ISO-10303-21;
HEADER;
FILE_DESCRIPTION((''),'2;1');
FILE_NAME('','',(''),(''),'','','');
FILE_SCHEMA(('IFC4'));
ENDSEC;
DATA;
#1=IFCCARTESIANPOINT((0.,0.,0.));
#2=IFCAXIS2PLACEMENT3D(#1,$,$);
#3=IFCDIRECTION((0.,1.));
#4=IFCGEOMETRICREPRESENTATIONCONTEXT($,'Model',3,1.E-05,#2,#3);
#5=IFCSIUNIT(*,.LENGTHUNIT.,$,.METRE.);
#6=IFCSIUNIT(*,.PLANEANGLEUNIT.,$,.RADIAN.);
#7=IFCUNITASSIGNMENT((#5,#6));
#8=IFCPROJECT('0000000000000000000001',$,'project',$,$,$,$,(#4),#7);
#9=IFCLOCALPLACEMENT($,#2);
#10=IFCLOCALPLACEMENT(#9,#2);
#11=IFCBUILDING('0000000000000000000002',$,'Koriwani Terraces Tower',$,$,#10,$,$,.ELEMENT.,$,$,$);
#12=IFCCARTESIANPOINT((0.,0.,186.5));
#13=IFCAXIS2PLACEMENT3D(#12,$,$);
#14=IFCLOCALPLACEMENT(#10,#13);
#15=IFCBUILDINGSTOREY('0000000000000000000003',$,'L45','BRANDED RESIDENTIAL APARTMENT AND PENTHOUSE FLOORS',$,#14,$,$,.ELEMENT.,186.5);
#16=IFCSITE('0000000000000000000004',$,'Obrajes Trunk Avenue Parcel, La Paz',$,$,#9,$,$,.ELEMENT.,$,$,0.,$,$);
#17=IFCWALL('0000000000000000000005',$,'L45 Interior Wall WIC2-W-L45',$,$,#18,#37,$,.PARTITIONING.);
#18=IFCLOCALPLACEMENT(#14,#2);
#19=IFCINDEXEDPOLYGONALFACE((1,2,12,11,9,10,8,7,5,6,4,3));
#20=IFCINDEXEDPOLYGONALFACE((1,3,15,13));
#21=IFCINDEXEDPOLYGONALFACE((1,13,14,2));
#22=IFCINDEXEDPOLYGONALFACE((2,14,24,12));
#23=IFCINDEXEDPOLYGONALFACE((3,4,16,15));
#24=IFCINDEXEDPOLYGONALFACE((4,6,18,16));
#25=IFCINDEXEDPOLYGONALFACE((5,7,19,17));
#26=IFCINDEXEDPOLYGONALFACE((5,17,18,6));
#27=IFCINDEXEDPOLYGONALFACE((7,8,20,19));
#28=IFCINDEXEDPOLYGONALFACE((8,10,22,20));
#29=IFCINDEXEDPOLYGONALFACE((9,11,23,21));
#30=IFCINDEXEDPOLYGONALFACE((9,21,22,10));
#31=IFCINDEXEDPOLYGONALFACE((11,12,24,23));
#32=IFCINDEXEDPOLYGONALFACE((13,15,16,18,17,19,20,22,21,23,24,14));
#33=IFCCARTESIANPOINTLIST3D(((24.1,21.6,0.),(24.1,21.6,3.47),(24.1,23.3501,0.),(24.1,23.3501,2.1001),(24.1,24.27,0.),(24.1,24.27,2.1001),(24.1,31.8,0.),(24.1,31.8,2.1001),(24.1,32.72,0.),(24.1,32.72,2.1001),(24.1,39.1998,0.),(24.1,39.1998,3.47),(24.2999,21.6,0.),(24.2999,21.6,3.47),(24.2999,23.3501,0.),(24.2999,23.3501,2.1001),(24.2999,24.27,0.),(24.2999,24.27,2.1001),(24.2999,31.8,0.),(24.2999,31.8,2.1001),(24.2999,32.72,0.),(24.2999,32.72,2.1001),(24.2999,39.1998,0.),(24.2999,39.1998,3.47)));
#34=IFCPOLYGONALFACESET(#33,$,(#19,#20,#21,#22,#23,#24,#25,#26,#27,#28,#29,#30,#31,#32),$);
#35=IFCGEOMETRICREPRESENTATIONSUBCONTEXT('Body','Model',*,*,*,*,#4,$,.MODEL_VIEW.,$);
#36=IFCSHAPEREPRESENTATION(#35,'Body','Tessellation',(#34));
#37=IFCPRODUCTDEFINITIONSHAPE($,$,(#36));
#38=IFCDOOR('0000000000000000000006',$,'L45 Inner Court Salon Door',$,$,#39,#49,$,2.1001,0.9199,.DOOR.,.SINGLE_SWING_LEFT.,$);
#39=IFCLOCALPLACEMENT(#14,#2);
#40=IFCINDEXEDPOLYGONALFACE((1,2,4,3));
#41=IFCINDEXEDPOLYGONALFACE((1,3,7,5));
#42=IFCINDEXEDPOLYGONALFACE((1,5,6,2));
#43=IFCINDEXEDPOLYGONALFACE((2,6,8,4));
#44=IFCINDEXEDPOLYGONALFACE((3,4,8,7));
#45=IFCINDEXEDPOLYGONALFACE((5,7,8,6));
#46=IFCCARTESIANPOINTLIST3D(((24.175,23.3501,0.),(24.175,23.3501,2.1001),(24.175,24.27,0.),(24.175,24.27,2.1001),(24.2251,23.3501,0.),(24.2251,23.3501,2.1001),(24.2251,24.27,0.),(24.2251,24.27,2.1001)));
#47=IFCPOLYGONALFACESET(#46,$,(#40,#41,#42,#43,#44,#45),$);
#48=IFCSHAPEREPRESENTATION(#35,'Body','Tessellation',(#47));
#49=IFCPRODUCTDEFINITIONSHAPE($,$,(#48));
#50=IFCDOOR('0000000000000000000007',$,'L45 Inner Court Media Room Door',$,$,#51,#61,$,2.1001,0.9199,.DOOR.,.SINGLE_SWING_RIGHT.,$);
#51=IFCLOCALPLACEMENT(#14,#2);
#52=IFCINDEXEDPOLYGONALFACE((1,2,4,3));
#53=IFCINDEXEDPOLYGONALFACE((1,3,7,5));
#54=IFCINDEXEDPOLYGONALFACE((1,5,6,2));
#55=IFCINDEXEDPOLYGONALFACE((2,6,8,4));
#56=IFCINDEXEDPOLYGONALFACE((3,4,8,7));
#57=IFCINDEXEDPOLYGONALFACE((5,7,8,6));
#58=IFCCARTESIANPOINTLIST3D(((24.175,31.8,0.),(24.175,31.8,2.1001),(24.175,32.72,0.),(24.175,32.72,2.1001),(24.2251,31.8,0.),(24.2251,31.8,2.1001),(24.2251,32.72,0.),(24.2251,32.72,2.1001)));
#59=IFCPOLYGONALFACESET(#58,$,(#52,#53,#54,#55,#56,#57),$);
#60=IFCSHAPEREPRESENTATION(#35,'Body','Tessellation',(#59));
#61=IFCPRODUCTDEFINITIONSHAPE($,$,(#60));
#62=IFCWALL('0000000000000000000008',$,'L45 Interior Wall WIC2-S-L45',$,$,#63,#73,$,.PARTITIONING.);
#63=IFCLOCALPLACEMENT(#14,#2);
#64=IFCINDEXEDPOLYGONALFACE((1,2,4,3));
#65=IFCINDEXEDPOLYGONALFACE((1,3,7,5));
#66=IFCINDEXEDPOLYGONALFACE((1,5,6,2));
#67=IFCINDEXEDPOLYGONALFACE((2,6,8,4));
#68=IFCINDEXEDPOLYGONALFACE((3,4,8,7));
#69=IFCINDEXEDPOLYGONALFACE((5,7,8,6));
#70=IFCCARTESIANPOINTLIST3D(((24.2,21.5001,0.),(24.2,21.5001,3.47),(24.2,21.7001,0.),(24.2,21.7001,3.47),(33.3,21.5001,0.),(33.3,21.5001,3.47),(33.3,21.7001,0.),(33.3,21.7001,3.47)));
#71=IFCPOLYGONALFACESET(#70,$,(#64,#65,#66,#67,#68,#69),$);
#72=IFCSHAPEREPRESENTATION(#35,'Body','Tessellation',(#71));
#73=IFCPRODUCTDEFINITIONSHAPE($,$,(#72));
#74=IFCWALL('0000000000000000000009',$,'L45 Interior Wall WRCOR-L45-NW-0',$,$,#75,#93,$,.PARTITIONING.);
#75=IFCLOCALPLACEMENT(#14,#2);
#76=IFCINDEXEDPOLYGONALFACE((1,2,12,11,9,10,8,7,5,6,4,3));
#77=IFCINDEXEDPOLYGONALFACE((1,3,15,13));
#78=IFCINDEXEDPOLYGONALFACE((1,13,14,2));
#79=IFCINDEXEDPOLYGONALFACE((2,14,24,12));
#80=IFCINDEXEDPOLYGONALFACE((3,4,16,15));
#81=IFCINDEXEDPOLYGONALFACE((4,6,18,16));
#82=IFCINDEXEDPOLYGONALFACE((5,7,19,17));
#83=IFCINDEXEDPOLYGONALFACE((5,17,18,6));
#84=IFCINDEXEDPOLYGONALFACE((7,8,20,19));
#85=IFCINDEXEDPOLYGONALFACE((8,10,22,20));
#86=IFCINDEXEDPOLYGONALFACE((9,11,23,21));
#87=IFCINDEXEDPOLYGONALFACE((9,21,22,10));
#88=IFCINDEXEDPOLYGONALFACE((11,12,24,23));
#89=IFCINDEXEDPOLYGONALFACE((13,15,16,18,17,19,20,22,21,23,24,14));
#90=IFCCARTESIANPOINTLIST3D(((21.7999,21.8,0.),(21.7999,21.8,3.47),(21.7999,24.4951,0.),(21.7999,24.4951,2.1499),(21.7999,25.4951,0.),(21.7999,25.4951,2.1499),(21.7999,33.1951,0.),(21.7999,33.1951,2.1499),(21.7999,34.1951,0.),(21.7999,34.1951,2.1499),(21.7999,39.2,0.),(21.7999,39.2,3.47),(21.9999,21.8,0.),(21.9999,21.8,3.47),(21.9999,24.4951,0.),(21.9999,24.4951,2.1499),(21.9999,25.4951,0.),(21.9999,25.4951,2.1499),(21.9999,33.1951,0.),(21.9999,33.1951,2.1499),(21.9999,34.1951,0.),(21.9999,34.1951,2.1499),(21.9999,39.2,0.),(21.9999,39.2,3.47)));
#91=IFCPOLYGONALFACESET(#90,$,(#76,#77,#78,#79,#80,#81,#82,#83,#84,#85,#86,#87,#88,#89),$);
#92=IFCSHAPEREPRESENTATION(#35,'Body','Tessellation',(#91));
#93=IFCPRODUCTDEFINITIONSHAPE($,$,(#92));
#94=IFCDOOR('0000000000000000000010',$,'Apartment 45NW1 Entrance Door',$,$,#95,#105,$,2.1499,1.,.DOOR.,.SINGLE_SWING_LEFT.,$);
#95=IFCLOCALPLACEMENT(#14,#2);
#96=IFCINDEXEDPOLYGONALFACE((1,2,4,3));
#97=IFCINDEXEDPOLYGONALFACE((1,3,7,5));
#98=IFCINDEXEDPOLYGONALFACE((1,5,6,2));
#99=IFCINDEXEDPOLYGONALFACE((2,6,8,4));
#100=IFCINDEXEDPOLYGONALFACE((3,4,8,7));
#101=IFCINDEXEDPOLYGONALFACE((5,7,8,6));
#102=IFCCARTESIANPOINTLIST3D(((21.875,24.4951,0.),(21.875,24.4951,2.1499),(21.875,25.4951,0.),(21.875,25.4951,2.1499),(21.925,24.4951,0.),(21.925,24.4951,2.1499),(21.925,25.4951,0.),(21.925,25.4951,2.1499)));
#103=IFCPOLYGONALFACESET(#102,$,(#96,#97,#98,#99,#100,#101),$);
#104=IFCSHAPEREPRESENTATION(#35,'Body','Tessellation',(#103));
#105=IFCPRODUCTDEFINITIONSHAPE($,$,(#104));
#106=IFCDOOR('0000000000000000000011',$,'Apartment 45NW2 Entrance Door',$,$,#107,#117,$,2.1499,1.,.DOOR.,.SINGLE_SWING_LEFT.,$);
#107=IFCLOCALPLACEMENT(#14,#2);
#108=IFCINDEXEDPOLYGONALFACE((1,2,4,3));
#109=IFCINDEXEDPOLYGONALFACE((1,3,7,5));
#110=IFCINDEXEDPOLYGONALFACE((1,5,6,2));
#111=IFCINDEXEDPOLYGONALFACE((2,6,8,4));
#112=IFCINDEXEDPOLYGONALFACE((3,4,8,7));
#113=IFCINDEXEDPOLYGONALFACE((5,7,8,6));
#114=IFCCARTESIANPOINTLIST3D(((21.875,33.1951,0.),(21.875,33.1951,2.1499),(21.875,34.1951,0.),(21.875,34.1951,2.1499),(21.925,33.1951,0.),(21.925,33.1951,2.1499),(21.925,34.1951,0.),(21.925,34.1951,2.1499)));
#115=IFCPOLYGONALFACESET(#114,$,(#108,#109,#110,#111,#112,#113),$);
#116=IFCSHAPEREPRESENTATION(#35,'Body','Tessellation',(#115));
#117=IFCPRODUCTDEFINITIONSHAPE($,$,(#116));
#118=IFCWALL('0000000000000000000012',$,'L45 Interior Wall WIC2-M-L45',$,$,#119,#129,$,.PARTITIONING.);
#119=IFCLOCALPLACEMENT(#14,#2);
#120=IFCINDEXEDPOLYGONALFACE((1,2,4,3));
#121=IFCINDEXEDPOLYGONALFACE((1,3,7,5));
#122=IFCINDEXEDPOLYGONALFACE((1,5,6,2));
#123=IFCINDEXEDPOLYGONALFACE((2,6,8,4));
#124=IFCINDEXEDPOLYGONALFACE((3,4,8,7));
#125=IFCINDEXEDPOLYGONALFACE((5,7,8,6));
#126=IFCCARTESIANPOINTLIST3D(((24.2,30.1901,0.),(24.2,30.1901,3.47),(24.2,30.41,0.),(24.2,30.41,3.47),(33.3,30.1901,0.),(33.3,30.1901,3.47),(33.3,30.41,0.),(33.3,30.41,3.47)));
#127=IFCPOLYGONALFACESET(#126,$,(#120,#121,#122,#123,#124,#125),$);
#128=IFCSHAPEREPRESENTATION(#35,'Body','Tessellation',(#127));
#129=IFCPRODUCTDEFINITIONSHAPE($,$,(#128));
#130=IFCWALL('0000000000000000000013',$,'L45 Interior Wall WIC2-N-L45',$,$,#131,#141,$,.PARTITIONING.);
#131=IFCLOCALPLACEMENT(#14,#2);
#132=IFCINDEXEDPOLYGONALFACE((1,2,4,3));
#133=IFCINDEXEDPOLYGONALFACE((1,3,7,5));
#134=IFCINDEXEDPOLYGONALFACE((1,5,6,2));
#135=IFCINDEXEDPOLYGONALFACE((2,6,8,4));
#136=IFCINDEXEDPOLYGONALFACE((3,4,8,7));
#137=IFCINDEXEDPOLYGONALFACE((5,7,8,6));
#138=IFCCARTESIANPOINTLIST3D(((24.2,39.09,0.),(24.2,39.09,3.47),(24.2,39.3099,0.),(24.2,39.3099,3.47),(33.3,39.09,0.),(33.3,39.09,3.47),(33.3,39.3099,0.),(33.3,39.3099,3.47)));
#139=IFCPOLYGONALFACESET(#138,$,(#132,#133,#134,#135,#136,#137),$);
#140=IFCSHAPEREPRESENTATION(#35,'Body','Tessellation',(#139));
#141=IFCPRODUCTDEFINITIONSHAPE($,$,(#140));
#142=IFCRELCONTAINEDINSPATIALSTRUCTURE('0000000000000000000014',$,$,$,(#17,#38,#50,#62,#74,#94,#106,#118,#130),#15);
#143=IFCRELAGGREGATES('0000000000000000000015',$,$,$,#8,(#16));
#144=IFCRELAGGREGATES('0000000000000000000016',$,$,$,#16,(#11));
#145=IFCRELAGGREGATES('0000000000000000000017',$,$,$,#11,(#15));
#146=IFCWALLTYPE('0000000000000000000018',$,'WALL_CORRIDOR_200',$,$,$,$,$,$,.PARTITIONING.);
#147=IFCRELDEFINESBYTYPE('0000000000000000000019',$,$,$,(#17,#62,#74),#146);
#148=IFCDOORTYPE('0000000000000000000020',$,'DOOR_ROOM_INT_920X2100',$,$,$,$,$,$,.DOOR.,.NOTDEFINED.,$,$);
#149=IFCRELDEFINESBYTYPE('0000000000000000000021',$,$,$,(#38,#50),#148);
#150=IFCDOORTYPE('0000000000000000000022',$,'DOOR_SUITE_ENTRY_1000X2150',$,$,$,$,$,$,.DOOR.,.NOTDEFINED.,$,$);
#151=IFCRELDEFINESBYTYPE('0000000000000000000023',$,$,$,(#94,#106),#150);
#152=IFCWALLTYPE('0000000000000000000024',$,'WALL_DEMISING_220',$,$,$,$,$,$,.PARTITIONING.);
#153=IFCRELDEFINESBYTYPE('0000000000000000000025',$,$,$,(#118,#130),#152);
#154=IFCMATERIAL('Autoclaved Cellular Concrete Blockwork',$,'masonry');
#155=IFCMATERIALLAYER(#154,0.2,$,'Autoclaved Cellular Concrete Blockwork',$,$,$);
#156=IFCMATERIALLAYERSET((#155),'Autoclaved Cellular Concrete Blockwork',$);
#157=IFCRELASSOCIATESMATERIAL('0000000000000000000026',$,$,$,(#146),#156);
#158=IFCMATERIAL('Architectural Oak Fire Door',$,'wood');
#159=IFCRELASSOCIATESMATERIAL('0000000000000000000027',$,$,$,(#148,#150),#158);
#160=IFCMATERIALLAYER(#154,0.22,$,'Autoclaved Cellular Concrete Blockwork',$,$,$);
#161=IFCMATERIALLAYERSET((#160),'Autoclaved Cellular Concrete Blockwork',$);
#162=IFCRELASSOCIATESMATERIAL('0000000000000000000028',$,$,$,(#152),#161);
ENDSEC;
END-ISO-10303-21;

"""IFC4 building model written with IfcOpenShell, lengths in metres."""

from ifc_helpers import new_model, si_unit, direction, frame, frame_2d, origin, place, context, subcontext, project, spatial, rectangle, extrude, material, layer, layer_set, type_object, element, fill, save


model = new_model("IFC4")

# Units and contexts
model_context = context("Model", 3, precision=1e-05, world=origin(), true_north=direction((0.0, 1.0)))
body_context = subcontext(model_context, "Body", "Model", "MODEL_VIEW")
ifc_project = project(units=[si_unit("LENGTHUNIT", "METRE"), si_unit("PLANEANGLEUNIT", "RADIAN")], contexts=[model_context])

# Site, building, storey
site_placement = place(None, origin())
site = spatial("IfcSite", under=ifc_project, at=site_placement, Name="Obrajes Trunk Avenue Parcel, La Paz", CompositionType="ELEMENT", RefElevation=0.0)
building_placement = place(site_placement, origin())
building = spatial("IfcBuilding", under=site, at=building_placement, Name="Koriwani Terraces Tower", CompositionType="ELEMENT")
storey_placement = place(building_placement, frame((0.0, 0.0, 186.5)))
storey = spatial("IfcBuildingStorey", under=building, at=storey_placement, Name="L45", Description="BRANDED RESIDENTIAL APARTMENT AND PENTHOUSE FLOORS", CompositionType="ELEMENT", Elevation=186.5)

# Wall, openings, doors
ifc_material_1 = material(Name="Autoclaved Cellular Concrete Blockwork", Category="masonry")
ifc_layer_1 = layer(ifc_material_1, 0.2, Name="Autoclaved Cellular Concrete Blockwork")
ifc_layer_set_1 = layer_set([ifc_layer_1], Name="Autoclaved Cellular Concrete Blockwork")
wall_type_1 = type_object("IfcWallType", Name="WALL_CORRIDOR_200", PredefinedType="PARTITIONING", material=ifc_layer_set_1)
wall_1_placement = place(storey_placement, frame((24.2, 21.6001, 0.0), z_axis=(0.0, 0.0, 1.0), x_axis=(0.0, 1.0, 0.0)))
wall_1 = element("IfcWall", 1, at=wall_1_placement, inside=storey, type_object=wall_type_1, Name="L45 Interior Wall WIC2-W-L45", PredefinedType="PARTITIONING", context=body_context, shape_type="SweptSolid", body=[
    extrude(rectangle(XDim=17.5999, YDim=0.2, at=frame_2d((8.7998, 0.0))), origin(), (0.0, 0.0, 1.0), 3.47),
])
opening_1_placement = place(wall_1_placement, frame((1.75, 0.0, 0.0)))
opening_1 = element("IfcOpeningElement", 2, at=opening_1_placement, cuts=wall_1, PredefinedType="OPENING", context=body_context, shape_type="SweptSolid", body=[
    extrude(rectangle(XDim=0.9199, YDim=2.1001, at=frame_2d((0.46, 1.05))), frame((0.0, 0.1099, 0.0), z_axis=(0.0, -1.0, 0.0), x_axis=(1.0, 0.0, 0.0)), (0.0, 0.0, 1.0), 0.22),
])
opening_2_placement = place(wall_1_placement, frame((10.2, 0.0, 0.0)))
opening_2 = element("IfcOpeningElement", 3, at=opening_2_placement, cuts=wall_1, PredefinedType="OPENING", context=body_context, shape_type="SweptSolid", body=[
    extrude(rectangle(XDim=0.9199, YDim=2.1001, at=frame_2d((0.46, 1.05))), frame((0.0, 0.1099, 0.0), z_axis=(0.0, -1.0, 0.0), x_axis=(1.0, 0.0, 0.0)), (0.0, 0.0, 1.0), 0.22),
])
ifc_material_2 = material(Name="Architectural Oak Fire Door", Category="wood")
door_type_1 = type_object("IfcDoorType", Name="DOOR_ROOM_INT_920X2100", OperationType="NOTDEFINED", PredefinedType="DOOR", material=ifc_material_2)
door_1_placement = place(opening_1_placement, origin())
door_1 = element("IfcDoor", 4, at=door_1_placement, inside=storey, type_object=door_type_1, Name="L45 Inner Court Salon Door", OperationType="SINGLE_SWING_LEFT", OverallHeight=2.1001, OverallWidth=0.9199, PredefinedType="DOOR", context=body_context, shape_type="SweptSolid", body=[
    extrude(rectangle(XDim=0.9199, YDim=2.1001, at=frame_2d((0.46, 1.05))), frame((0.0, 0.0249, 0.0), z_axis=(0.0, -1.0, 0.0), x_axis=(1.0, 0.0, 0.0)), (0.0, 0.0, 1.0), 0.05),
])
fill(opening_1, door_1)
door_2_placement = place(opening_2_placement, origin())
door_2 = element("IfcDoor", 5, at=door_2_placement, inside=storey, type_object=door_type_1, Name="L45 Inner Court Media Room Door", OperationType="SINGLE_SWING_RIGHT", OverallHeight=2.1001, OverallWidth=0.9199, PredefinedType="DOOR", context=body_context, shape_type="SweptSolid", body=[
    extrude(rectangle(XDim=0.9199, YDim=2.1001, at=frame_2d((0.46, 1.05))), frame((0.0, 0.0249, 0.0), z_axis=(0.0, -1.0, 0.0), x_axis=(1.0, 0.0, 0.0)), (0.0, 0.0, 1.0), 0.05),
])
fill(opening_2, door_2)

# Wall
wall_2_placement = place(storey_placement, frame((24.2, 21.6001, 0.0), z_axis=(0.0, 0.0, 1.0), x_axis=(1.0, 0.0, 0.0)))
element("IfcWall", 6, at=wall_2_placement, inside=storey, type_object=wall_type_1, Name="L45 Interior Wall WIC2-S-L45", PredefinedType="PARTITIONING", context=body_context, shape_type="SweptSolid", body=[
    extrude(rectangle(XDim=9.1001, YDim=0.2, at=frame_2d((4.55, 0.0))), origin(), (0.0, 0.0, 1.0), 3.47),
])

# Wall, openings, doors
wall_3_placement = place(storey_placement, frame((21.8999, 21.8, 0.0), z_axis=(0.0, 0.0, 1.0), x_axis=(0.0, 1.0, 0.0)))
wall_3 = element("IfcWall", 7, at=wall_3_placement, inside=storey, type_object=wall_type_1, Name="L45 Interior Wall WRCOR-L45-NW-0", PredefinedType="PARTITIONING", context=body_context, shape_type="SweptSolid", body=[
    extrude(rectangle(XDim=17.3999, YDim=0.2, at=frame_2d((8.7, 0.0))), origin(), (0.0, 0.0, 1.0), 3.47),
])
opening_3_placement = place(wall_3_placement, frame((2.6951, 0.0, 0.0)))
opening_3 = element("IfcOpeningElement", 8, at=opening_3_placement, cuts=wall_3, PredefinedType="OPENING", context=body_context, shape_type="SweptSolid", body=[
    extrude(rectangle(XDim=1.0, YDim=2.1499, at=frame_2d((0.5, 1.075))), frame((0.0, 0.1099, 0.0), z_axis=(0.0, -1.0, 0.0), x_axis=(1.0, 0.0, 0.0)), (0.0, 0.0, 1.0), 0.22),
])
opening_4_placement = place(wall_3_placement, frame((11.395, 0.0, 0.0)))
opening_4 = element("IfcOpeningElement", 9, at=opening_4_placement, cuts=wall_3, PredefinedType="OPENING", context=body_context, shape_type="SweptSolid", body=[
    extrude(rectangle(XDim=1.0, YDim=2.1499, at=frame_2d((0.5, 1.075))), frame((0.0, 0.1099, 0.0), z_axis=(0.0, -1.0, 0.0), x_axis=(1.0, 0.0, 0.0)), (0.0, 0.0, 1.0), 0.22),
])
door_type_2 = type_object("IfcDoorType", Name="DOOR_SUITE_ENTRY_1000X2150", OperationType="NOTDEFINED", PredefinedType="DOOR", material=ifc_material_2)
door_3_placement = place(opening_3_placement, origin())
door_3 = element("IfcDoor", 10, at=door_3_placement, inside=storey, type_object=door_type_2, Name="Apartment 45NW1 Entrance Door", OperationType="SINGLE_SWING_LEFT", OverallHeight=2.1499, OverallWidth=1.0, PredefinedType="DOOR", context=body_context, shape_type="SweptSolid", body=[
    extrude(rectangle(XDim=1.0, YDim=2.1499, at=frame_2d((0.5, 1.075))), frame((0.0, 0.0249, 0.0), z_axis=(0.0, -1.0, 0.0), x_axis=(1.0, 0.0, 0.0)), (0.0, 0.0, 1.0), 0.05),
])
fill(opening_3, door_3)
door_4_placement = place(opening_4_placement, origin())
door_4 = element("IfcDoor", 11, at=door_4_placement, inside=storey, type_object=door_type_2, Name="Apartment 45NW2 Entrance Door", OperationType="SINGLE_SWING_LEFT", OverallHeight=2.1499, OverallWidth=1.0, PredefinedType="DOOR", context=body_context, shape_type="SweptSolid", body=[
    extrude(rectangle(XDim=1.0, YDim=2.1499, at=frame_2d((0.5, 1.075))), frame((0.0, 0.0249, 0.0), z_axis=(0.0, -1.0, 0.0), x_axis=(1.0, 0.0, 0.0)), (0.0, 0.0, 1.0), 0.05),
])
fill(opening_4, door_4)

# Walls
ifc_layer_2 = layer(ifc_material_1, 0.22, Name="Autoclaved Cellular Concrete Blockwork")
ifc_layer_set_2 = layer_set([ifc_layer_2], Name="Autoclaved Cellular Concrete Blockwork")
wall_type_2 = type_object("IfcWallType", Name="WALL_DEMISING_220", PredefinedType="PARTITIONING", material=ifc_layer_set_2)
for number, where, z_axis, x_axis, name in (
    (12, (24.2, 30.3, 0.0), (0.0, 0.0, 1.0), (1.0, 0.0, 0.0), "L45 Interior Wall WIC2-M-L45"),
    (13, (24.2, 39.2, 0.0), (0.0, 0.0, 1.0), (1.0, 0.0, 0.0), "L45 Interior Wall WIC2-N-L45"),
):
    element("IfcWall", number, at=place(storey_placement, frame(where, z_axis=z_axis, x_axis=x_axis)), inside=storey, type_object=wall_type_2, Name=name, PredefinedType="PARTITIONING", context=body_context, shape_type="SweptSolid", body=[
        extrude(rectangle(XDim=9.1001, YDim=0.22, at=frame_2d((4.55, 0.0))), origin(), (0.0, 0.0, 1.0), 3.47),
    ])

save(model, "model.ifc")
